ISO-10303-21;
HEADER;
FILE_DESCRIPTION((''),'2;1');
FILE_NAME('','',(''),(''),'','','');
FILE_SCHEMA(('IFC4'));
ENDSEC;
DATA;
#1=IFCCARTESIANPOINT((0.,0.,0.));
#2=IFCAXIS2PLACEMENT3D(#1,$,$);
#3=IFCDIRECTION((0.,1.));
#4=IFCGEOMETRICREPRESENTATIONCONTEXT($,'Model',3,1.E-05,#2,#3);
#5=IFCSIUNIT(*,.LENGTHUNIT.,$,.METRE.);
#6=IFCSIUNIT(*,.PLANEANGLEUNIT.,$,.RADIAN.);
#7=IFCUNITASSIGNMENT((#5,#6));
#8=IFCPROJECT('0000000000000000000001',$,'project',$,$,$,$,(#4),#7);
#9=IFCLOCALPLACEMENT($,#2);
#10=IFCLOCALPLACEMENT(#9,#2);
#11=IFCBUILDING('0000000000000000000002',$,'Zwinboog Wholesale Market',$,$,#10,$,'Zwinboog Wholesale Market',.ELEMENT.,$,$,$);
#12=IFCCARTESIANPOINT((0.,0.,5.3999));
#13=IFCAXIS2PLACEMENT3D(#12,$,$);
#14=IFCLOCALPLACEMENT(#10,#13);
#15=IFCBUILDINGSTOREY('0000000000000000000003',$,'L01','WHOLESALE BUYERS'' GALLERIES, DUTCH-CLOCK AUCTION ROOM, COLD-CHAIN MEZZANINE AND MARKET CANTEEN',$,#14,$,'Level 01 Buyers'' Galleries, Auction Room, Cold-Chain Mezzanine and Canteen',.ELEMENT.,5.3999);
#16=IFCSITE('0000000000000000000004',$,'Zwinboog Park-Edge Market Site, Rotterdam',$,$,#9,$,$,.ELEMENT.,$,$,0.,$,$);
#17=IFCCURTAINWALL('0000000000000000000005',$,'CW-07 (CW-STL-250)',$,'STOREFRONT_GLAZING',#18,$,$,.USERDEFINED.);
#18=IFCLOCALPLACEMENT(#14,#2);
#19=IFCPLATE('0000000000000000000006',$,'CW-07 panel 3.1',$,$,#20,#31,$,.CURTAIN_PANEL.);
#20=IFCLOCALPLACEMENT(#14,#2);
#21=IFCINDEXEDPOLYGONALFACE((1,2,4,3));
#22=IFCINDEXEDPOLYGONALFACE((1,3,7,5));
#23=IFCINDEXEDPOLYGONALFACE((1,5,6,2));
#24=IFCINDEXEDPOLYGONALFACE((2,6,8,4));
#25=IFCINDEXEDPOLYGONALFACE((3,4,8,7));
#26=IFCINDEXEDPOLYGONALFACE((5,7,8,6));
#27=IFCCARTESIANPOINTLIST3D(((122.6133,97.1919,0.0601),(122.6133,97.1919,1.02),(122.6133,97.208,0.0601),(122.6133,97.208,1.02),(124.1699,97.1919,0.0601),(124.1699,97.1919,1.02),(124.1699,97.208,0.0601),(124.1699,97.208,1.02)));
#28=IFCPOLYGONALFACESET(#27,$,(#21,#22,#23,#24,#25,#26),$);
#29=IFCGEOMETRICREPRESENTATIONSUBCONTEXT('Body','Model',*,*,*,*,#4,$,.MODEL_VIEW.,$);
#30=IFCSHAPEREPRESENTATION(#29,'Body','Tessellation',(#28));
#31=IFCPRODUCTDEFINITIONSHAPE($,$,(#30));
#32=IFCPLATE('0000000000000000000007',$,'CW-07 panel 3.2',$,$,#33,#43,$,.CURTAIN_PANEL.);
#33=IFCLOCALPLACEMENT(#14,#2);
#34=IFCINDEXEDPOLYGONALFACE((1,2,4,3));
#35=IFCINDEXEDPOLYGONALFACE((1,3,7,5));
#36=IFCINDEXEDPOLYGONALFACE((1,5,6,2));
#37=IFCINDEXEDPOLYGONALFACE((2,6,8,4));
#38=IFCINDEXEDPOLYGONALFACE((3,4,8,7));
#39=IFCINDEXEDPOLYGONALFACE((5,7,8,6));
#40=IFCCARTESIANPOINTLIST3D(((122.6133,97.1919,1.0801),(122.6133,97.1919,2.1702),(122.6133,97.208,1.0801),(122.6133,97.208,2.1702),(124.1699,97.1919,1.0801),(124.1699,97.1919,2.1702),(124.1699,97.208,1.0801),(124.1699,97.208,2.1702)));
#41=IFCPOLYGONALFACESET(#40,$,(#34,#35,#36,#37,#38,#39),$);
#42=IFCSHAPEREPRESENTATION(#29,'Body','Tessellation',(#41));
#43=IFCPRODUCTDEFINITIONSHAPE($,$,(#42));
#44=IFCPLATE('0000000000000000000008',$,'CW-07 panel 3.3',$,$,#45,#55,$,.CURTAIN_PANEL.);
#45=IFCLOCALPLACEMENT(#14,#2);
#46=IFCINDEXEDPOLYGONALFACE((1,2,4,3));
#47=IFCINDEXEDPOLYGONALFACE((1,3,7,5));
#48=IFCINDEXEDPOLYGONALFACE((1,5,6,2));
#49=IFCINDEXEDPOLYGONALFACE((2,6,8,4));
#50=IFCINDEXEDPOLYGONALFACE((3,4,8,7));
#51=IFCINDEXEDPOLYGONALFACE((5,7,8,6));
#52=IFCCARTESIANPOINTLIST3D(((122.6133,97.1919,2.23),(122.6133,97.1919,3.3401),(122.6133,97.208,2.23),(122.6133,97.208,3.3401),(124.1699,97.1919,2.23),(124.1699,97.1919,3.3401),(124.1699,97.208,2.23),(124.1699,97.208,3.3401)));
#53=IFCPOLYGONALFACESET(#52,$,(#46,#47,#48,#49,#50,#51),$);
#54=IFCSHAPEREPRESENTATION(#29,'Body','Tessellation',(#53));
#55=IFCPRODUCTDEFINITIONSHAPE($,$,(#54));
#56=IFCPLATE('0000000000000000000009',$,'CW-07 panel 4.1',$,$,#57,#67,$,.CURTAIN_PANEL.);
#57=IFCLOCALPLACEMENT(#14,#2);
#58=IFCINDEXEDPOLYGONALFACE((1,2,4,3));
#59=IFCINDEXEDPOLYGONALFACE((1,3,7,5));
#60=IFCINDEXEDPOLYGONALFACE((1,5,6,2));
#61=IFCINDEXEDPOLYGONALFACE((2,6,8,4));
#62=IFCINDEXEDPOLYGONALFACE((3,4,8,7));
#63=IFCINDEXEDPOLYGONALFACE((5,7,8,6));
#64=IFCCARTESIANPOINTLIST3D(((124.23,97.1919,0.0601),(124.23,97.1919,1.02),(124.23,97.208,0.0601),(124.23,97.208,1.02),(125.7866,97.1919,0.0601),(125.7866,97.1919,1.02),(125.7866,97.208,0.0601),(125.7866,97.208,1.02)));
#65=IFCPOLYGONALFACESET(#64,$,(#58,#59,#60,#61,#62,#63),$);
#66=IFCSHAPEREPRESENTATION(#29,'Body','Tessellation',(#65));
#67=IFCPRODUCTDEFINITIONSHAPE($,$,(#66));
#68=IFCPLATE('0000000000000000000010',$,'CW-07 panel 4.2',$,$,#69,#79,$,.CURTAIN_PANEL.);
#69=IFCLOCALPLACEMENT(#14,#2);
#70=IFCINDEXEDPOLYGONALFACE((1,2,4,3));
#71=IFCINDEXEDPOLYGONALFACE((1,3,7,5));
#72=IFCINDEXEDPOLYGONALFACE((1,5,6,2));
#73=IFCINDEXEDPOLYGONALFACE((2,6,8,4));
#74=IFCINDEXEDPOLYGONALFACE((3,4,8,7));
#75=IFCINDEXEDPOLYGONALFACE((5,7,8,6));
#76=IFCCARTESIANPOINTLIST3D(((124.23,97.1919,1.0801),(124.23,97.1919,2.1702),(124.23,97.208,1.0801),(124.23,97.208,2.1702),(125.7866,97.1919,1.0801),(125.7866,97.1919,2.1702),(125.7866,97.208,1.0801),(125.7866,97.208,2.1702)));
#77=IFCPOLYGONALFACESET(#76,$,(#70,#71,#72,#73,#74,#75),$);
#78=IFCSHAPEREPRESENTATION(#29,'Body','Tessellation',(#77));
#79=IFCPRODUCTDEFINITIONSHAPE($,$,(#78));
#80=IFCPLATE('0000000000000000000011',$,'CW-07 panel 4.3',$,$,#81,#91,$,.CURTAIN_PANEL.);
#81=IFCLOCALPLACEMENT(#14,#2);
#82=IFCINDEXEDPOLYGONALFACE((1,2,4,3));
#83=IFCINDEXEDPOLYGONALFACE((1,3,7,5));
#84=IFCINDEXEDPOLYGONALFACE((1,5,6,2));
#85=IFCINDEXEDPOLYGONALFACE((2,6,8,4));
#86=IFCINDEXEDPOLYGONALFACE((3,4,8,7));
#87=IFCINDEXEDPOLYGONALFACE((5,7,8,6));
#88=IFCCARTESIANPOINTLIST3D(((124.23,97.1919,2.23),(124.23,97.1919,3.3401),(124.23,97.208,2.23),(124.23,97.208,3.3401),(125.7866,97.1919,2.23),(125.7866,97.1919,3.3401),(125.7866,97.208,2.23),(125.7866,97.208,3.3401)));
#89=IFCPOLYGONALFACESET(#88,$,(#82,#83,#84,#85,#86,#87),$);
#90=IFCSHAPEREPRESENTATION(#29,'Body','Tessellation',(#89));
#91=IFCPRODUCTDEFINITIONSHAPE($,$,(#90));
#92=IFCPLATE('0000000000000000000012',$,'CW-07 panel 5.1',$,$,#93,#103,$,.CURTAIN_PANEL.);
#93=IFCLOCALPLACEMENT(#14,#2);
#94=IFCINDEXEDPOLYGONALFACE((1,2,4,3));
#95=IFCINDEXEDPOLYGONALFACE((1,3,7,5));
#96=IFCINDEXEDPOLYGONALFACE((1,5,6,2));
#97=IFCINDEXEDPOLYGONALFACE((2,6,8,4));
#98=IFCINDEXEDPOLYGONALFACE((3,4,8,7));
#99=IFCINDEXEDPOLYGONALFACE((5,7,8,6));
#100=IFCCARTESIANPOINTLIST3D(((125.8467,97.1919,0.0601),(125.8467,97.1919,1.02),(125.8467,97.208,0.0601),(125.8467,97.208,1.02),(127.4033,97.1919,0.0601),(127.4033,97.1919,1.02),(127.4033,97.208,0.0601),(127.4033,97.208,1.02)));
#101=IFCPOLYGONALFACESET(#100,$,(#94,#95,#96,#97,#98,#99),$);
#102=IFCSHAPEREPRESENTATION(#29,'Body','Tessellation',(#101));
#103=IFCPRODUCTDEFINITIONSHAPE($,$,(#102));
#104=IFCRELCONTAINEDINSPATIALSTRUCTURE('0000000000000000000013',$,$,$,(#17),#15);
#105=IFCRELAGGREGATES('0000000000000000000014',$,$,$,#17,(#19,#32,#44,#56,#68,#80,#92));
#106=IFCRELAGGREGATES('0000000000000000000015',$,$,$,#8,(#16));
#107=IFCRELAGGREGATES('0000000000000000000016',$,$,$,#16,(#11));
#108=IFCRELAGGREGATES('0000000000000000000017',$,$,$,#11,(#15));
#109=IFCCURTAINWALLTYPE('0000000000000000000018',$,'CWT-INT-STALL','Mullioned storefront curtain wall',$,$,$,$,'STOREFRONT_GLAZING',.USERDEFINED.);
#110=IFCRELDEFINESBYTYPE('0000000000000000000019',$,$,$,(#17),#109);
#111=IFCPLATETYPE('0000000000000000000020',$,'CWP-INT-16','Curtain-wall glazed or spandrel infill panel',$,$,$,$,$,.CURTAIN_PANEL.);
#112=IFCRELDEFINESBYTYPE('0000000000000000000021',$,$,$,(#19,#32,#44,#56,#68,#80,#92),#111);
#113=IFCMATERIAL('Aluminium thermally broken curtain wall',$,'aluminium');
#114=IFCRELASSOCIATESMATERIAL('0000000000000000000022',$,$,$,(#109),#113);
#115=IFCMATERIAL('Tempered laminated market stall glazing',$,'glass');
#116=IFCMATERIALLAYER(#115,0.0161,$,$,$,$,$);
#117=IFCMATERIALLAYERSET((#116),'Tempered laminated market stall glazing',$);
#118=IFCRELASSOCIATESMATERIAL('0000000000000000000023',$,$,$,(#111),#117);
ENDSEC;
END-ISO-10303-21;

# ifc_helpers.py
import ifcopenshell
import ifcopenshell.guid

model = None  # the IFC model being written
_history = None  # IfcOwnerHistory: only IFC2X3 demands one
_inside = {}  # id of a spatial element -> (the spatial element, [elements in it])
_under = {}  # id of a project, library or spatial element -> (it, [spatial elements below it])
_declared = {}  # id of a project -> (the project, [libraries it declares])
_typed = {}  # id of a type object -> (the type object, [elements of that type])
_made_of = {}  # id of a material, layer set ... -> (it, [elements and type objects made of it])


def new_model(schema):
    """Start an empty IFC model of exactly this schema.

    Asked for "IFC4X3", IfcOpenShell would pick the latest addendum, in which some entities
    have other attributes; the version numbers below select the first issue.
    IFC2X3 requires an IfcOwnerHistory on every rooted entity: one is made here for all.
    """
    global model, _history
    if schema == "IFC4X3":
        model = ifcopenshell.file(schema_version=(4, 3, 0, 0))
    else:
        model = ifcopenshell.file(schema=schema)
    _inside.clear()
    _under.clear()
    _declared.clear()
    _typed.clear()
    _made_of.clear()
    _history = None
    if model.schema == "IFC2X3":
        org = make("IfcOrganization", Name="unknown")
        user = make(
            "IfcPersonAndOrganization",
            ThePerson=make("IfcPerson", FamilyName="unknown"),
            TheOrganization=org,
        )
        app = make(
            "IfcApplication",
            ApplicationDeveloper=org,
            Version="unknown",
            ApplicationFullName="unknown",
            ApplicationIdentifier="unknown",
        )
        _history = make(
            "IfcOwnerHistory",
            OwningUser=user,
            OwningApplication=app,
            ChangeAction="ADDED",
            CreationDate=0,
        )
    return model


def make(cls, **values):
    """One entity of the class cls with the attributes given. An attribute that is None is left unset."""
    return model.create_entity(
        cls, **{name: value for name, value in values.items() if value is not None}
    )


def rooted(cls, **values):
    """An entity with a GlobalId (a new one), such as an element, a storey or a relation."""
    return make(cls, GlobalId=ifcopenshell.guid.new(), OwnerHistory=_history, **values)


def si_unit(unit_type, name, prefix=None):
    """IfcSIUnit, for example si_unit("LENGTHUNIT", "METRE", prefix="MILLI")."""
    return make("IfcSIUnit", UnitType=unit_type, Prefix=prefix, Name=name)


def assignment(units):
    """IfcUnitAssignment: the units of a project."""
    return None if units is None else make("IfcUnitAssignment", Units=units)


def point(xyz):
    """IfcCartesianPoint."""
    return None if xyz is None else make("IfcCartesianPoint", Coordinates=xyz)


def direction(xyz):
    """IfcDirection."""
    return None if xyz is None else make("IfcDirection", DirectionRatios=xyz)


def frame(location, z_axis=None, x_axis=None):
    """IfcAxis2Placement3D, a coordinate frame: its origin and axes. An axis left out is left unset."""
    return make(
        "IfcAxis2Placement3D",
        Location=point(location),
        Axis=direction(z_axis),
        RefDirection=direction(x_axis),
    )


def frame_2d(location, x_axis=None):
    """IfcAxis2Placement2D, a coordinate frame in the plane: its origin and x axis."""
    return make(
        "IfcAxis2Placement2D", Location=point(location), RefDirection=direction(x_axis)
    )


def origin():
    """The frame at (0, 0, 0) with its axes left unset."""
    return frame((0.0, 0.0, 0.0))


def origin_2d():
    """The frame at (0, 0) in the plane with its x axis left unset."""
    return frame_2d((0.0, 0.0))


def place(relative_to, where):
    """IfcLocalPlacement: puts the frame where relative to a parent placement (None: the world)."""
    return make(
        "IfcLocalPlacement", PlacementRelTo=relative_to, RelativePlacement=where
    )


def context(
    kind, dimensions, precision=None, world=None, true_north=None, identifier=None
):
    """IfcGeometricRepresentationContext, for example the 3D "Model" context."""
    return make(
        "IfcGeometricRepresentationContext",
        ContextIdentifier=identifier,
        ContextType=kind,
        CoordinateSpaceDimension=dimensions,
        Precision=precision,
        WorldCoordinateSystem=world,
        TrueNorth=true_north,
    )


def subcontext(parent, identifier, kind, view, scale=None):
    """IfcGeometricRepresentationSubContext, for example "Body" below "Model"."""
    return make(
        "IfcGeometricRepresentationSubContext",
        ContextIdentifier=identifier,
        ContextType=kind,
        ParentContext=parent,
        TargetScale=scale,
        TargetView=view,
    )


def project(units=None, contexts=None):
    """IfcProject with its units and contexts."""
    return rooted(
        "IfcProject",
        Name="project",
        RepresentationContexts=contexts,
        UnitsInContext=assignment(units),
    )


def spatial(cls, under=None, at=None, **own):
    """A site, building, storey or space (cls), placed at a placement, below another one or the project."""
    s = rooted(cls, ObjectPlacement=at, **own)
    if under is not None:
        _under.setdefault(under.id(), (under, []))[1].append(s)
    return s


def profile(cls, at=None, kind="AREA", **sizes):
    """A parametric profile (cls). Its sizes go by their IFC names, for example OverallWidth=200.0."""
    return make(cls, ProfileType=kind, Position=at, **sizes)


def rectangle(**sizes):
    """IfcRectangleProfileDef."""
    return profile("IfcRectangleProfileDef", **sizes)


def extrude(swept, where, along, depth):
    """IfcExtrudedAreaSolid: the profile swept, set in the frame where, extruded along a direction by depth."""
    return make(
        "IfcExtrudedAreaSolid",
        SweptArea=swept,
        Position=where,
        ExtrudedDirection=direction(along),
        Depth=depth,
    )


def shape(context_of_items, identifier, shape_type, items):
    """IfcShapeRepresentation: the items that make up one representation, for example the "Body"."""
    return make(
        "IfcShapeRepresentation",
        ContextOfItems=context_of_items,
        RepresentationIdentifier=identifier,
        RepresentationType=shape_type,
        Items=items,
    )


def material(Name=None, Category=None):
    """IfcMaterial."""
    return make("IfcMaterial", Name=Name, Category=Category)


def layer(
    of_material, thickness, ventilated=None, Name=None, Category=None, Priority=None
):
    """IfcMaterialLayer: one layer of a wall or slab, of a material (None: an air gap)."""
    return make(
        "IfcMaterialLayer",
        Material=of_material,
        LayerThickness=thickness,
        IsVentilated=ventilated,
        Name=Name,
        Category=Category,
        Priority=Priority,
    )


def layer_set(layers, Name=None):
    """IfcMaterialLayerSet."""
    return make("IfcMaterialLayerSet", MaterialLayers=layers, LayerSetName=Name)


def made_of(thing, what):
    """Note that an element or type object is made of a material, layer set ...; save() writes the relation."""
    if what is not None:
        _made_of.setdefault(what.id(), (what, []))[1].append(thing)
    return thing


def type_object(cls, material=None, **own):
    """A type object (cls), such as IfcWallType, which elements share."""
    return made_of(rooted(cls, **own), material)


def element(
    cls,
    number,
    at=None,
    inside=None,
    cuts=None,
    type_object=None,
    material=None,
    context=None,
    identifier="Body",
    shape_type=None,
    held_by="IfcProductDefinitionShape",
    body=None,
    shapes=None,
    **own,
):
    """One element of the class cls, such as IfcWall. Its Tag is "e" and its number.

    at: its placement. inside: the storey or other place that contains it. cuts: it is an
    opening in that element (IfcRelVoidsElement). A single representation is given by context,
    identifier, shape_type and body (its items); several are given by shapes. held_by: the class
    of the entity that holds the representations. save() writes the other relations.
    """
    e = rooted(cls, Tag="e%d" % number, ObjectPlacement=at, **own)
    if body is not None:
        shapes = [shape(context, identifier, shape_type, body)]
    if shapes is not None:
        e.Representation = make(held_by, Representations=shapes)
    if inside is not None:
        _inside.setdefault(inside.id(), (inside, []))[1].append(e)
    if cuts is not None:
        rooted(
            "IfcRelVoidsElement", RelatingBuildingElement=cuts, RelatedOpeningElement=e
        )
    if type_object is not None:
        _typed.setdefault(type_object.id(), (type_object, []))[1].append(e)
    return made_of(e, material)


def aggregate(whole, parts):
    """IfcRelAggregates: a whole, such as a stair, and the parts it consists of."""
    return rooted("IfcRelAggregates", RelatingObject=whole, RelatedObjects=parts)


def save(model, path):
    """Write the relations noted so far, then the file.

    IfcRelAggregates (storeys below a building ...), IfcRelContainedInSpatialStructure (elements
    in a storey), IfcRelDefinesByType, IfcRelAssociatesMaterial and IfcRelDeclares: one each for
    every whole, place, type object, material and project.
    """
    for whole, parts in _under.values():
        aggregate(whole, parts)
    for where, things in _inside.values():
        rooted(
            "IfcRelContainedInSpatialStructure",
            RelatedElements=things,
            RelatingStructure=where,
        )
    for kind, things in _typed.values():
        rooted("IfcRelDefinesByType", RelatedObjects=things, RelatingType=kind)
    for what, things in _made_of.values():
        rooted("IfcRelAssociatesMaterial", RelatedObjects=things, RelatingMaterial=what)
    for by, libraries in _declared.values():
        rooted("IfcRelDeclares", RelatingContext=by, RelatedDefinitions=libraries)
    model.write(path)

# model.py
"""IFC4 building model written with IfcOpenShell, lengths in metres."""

from ifc_helpers import new_model, si_unit, direction, frame, origin, origin_2d, place, context, subcontext, project, spatial, rectangle, extrude, material, layer, layer_set, type_object, element, aggregate, save


model = new_model("IFC4")

# Units and contexts
model_context = context("Model", 3, precision=1e-05, world=origin(), true_north=direction((0.0, 1.0)))
body_context = subcontext(model_context, "Body", "Model", "MODEL_VIEW")
ifc_project = project(units=[si_unit("LENGTHUNIT", "METRE"), si_unit("PLANEANGLEUNIT", "RADIAN")], contexts=[model_context])

# Site, building, storey
site_placement = place(None, origin())
site = spatial("IfcSite", under=ifc_project, at=site_placement, Name="Zwinboog Park-Edge Market Site, Rotterdam", CompositionType="ELEMENT", RefElevation=0.0)
building_placement = place(site_placement, origin())
building = spatial("IfcBuilding", under=site, at=building_placement, Name="Zwinboog Wholesale Market", LongName="Zwinboog Wholesale Market", CompositionType="ELEMENT")
storey_placement = place(building_placement, frame((0.0, 0.0, 5.3999)))
storey = spatial("IfcBuildingStorey", under=building, at=storey_placement, Name="L01", Description="WHOLESALE BUYERS' GALLERIES, DUTCH-CLOCK AUCTION ROOM, COLD-CHAIN MEZZANINE AND MARKET CANTEEN", LongName="Level 01 Buyers' Galleries, Auction Room, Cold-Chain Mezzanine and Canteen", CompositionType="ELEMENT", Elevation=5.3999)

# Curtain wall, plates
ifc_material_1 = material(Name="Aluminium thermally broken curtain wall", Category="aluminium")
curtain_wall_type = type_object("IfcCurtainWallType", Name="CWT-INT-STALL", Description="Mullioned storefront curtain wall", ElementType="STOREFRONT_GLAZING", PredefinedType="USERDEFINED", material=ifc_material_1)
curtain_wall_placement = place(storey_placement, origin())
curtain_wall = element("IfcCurtainWall", 1, at=curtain_wall_placement, inside=storey, type_object=curtain_wall_type, Name="CW-07 (CW-STL-250)", ObjectType="STOREFRONT_GLAZING", PredefinedType="USERDEFINED")
ifc_material_2 = material(Name="Tempered laminated market stall glazing", Category="glass")
ifc_layer = layer(ifc_material_2, 0.0161)
ifc_layer_set = layer_set([ifc_layer], Name="Tempered laminated market stall glazing")
plate_type = type_object("IfcPlateType", Name="CWP-INT-16", Description="Curtain-wall glazed or spandrel infill panel", PredefinedType="CURTAIN_PANEL", material=ifc_layer_set)
plate_1_placement = place(storey_placement, frame((123.3916, 97.2, 0.0601), z_axis=(0.0, 0.0, 1.0), x_axis=(1.0, 0.0, 0.0)))
plate_1 = element("IfcPlate", 2, at=plate_1_placement, type_object=plate_type, Name="CW-07 panel 3.1", PredefinedType="CURTAIN_PANEL", context=body_context, shape_type="SweptSolid", body=[
    extrude(rectangle(XDim=1.5566, YDim=0.0161, at=origin_2d()), origin(), (0.0, 0.0, 1.0), 0.96),
])
plate_2_placement = place(storey_placement, frame((123.3916, 97.2, 1.0801), z_axis=(0.0, 0.0, 1.0), x_axis=(1.0, 0.0, 0.0)))
plate_2 = element("IfcPlate", 3, at=plate_2_placement, type_object=plate_type, Name="CW-07 panel 3.2", PredefinedType="CURTAIN_PANEL", context=body_context, shape_type="SweptSolid", body=[
    extrude(rectangle(XDim=1.5566, YDim=0.0161, at=origin_2d()), origin(), (0.0, 0.0, 1.0), 1.0901),
])
plate_3_placement = place(storey_placement, frame((123.3916, 97.2, 2.23), z_axis=(0.0, 0.0, 1.0), x_axis=(1.0, 0.0, 0.0)))
plate_3 = element("IfcPlate", 4, at=plate_3_placement, type_object=plate_type, Name="CW-07 panel 3.3", PredefinedType="CURTAIN_PANEL", context=body_context, shape_type="SweptSolid", body=[
    extrude(rectangle(XDim=1.5566, YDim=0.0161, at=origin_2d()), origin(), (0.0, 0.0, 1.0), 1.1101),
])
plate_4_placement = place(storey_placement, frame((125.0083, 97.2, 0.0601), z_axis=(0.0, 0.0, 1.0), x_axis=(1.0, 0.0, 0.0)))
plate_4 = element("IfcPlate", 5, at=plate_4_placement, type_object=plate_type, Name="CW-07 panel 4.1", PredefinedType="CURTAIN_PANEL", context=body_context, shape_type="SweptSolid", body=[
    extrude(rectangle(XDim=1.5566, YDim=0.0161, at=origin_2d()), origin(), (0.0, 0.0, 1.0), 0.96),
])
plate_5_placement = place(storey_placement, frame((125.0083, 97.2, 1.0801), z_axis=(0.0, 0.0, 1.0), x_axis=(1.0, 0.0, 0.0)))
plate_5 = element("IfcPlate", 6, at=plate_5_placement, type_object=plate_type, Name="CW-07 panel 4.2", PredefinedType="CURTAIN_PANEL", context=body_context, shape_type="SweptSolid", body=[
    extrude(rectangle(XDim=1.5566, YDim=0.0161, at=origin_2d()), origin(), (0.0, 0.0, 1.0), 1.0901),
])
plate_6_placement = place(storey_placement, frame((125.0083, 97.2, 2.23), z_axis=(0.0, 0.0, 1.0), x_axis=(1.0, 0.0, 0.0)))
plate_6 = element("IfcPlate", 7, at=plate_6_placement, type_object=plate_type, Name="CW-07 panel 4.3", PredefinedType="CURTAIN_PANEL", context=body_context, shape_type="SweptSolid", body=[
    extrude(rectangle(XDim=1.5566, YDim=0.0161, at=origin_2d()), origin(), (0.0, 0.0, 1.0), 1.1101),
])
plate_7_placement = place(storey_placement, frame((126.625, 97.2, 0.0601), z_axis=(0.0, 0.0, 1.0), x_axis=(1.0, 0.0, 0.0)))
plate_7 = element("IfcPlate", 8, at=plate_7_placement, type_object=plate_type, Name="CW-07 panel 5.1", PredefinedType="CURTAIN_PANEL", context=body_context, shape_type="SweptSolid", body=[
    extrude(rectangle(XDim=1.5566, YDim=0.0161, at=origin_2d()), origin(), (0.0, 0.0, 1.0), 0.96),
])
aggregate(curtain_wall, [plate_1, plate_2, plate_3, plate_4, plate_5, plate_6, plate_7])

save(model, "model.ifc")
